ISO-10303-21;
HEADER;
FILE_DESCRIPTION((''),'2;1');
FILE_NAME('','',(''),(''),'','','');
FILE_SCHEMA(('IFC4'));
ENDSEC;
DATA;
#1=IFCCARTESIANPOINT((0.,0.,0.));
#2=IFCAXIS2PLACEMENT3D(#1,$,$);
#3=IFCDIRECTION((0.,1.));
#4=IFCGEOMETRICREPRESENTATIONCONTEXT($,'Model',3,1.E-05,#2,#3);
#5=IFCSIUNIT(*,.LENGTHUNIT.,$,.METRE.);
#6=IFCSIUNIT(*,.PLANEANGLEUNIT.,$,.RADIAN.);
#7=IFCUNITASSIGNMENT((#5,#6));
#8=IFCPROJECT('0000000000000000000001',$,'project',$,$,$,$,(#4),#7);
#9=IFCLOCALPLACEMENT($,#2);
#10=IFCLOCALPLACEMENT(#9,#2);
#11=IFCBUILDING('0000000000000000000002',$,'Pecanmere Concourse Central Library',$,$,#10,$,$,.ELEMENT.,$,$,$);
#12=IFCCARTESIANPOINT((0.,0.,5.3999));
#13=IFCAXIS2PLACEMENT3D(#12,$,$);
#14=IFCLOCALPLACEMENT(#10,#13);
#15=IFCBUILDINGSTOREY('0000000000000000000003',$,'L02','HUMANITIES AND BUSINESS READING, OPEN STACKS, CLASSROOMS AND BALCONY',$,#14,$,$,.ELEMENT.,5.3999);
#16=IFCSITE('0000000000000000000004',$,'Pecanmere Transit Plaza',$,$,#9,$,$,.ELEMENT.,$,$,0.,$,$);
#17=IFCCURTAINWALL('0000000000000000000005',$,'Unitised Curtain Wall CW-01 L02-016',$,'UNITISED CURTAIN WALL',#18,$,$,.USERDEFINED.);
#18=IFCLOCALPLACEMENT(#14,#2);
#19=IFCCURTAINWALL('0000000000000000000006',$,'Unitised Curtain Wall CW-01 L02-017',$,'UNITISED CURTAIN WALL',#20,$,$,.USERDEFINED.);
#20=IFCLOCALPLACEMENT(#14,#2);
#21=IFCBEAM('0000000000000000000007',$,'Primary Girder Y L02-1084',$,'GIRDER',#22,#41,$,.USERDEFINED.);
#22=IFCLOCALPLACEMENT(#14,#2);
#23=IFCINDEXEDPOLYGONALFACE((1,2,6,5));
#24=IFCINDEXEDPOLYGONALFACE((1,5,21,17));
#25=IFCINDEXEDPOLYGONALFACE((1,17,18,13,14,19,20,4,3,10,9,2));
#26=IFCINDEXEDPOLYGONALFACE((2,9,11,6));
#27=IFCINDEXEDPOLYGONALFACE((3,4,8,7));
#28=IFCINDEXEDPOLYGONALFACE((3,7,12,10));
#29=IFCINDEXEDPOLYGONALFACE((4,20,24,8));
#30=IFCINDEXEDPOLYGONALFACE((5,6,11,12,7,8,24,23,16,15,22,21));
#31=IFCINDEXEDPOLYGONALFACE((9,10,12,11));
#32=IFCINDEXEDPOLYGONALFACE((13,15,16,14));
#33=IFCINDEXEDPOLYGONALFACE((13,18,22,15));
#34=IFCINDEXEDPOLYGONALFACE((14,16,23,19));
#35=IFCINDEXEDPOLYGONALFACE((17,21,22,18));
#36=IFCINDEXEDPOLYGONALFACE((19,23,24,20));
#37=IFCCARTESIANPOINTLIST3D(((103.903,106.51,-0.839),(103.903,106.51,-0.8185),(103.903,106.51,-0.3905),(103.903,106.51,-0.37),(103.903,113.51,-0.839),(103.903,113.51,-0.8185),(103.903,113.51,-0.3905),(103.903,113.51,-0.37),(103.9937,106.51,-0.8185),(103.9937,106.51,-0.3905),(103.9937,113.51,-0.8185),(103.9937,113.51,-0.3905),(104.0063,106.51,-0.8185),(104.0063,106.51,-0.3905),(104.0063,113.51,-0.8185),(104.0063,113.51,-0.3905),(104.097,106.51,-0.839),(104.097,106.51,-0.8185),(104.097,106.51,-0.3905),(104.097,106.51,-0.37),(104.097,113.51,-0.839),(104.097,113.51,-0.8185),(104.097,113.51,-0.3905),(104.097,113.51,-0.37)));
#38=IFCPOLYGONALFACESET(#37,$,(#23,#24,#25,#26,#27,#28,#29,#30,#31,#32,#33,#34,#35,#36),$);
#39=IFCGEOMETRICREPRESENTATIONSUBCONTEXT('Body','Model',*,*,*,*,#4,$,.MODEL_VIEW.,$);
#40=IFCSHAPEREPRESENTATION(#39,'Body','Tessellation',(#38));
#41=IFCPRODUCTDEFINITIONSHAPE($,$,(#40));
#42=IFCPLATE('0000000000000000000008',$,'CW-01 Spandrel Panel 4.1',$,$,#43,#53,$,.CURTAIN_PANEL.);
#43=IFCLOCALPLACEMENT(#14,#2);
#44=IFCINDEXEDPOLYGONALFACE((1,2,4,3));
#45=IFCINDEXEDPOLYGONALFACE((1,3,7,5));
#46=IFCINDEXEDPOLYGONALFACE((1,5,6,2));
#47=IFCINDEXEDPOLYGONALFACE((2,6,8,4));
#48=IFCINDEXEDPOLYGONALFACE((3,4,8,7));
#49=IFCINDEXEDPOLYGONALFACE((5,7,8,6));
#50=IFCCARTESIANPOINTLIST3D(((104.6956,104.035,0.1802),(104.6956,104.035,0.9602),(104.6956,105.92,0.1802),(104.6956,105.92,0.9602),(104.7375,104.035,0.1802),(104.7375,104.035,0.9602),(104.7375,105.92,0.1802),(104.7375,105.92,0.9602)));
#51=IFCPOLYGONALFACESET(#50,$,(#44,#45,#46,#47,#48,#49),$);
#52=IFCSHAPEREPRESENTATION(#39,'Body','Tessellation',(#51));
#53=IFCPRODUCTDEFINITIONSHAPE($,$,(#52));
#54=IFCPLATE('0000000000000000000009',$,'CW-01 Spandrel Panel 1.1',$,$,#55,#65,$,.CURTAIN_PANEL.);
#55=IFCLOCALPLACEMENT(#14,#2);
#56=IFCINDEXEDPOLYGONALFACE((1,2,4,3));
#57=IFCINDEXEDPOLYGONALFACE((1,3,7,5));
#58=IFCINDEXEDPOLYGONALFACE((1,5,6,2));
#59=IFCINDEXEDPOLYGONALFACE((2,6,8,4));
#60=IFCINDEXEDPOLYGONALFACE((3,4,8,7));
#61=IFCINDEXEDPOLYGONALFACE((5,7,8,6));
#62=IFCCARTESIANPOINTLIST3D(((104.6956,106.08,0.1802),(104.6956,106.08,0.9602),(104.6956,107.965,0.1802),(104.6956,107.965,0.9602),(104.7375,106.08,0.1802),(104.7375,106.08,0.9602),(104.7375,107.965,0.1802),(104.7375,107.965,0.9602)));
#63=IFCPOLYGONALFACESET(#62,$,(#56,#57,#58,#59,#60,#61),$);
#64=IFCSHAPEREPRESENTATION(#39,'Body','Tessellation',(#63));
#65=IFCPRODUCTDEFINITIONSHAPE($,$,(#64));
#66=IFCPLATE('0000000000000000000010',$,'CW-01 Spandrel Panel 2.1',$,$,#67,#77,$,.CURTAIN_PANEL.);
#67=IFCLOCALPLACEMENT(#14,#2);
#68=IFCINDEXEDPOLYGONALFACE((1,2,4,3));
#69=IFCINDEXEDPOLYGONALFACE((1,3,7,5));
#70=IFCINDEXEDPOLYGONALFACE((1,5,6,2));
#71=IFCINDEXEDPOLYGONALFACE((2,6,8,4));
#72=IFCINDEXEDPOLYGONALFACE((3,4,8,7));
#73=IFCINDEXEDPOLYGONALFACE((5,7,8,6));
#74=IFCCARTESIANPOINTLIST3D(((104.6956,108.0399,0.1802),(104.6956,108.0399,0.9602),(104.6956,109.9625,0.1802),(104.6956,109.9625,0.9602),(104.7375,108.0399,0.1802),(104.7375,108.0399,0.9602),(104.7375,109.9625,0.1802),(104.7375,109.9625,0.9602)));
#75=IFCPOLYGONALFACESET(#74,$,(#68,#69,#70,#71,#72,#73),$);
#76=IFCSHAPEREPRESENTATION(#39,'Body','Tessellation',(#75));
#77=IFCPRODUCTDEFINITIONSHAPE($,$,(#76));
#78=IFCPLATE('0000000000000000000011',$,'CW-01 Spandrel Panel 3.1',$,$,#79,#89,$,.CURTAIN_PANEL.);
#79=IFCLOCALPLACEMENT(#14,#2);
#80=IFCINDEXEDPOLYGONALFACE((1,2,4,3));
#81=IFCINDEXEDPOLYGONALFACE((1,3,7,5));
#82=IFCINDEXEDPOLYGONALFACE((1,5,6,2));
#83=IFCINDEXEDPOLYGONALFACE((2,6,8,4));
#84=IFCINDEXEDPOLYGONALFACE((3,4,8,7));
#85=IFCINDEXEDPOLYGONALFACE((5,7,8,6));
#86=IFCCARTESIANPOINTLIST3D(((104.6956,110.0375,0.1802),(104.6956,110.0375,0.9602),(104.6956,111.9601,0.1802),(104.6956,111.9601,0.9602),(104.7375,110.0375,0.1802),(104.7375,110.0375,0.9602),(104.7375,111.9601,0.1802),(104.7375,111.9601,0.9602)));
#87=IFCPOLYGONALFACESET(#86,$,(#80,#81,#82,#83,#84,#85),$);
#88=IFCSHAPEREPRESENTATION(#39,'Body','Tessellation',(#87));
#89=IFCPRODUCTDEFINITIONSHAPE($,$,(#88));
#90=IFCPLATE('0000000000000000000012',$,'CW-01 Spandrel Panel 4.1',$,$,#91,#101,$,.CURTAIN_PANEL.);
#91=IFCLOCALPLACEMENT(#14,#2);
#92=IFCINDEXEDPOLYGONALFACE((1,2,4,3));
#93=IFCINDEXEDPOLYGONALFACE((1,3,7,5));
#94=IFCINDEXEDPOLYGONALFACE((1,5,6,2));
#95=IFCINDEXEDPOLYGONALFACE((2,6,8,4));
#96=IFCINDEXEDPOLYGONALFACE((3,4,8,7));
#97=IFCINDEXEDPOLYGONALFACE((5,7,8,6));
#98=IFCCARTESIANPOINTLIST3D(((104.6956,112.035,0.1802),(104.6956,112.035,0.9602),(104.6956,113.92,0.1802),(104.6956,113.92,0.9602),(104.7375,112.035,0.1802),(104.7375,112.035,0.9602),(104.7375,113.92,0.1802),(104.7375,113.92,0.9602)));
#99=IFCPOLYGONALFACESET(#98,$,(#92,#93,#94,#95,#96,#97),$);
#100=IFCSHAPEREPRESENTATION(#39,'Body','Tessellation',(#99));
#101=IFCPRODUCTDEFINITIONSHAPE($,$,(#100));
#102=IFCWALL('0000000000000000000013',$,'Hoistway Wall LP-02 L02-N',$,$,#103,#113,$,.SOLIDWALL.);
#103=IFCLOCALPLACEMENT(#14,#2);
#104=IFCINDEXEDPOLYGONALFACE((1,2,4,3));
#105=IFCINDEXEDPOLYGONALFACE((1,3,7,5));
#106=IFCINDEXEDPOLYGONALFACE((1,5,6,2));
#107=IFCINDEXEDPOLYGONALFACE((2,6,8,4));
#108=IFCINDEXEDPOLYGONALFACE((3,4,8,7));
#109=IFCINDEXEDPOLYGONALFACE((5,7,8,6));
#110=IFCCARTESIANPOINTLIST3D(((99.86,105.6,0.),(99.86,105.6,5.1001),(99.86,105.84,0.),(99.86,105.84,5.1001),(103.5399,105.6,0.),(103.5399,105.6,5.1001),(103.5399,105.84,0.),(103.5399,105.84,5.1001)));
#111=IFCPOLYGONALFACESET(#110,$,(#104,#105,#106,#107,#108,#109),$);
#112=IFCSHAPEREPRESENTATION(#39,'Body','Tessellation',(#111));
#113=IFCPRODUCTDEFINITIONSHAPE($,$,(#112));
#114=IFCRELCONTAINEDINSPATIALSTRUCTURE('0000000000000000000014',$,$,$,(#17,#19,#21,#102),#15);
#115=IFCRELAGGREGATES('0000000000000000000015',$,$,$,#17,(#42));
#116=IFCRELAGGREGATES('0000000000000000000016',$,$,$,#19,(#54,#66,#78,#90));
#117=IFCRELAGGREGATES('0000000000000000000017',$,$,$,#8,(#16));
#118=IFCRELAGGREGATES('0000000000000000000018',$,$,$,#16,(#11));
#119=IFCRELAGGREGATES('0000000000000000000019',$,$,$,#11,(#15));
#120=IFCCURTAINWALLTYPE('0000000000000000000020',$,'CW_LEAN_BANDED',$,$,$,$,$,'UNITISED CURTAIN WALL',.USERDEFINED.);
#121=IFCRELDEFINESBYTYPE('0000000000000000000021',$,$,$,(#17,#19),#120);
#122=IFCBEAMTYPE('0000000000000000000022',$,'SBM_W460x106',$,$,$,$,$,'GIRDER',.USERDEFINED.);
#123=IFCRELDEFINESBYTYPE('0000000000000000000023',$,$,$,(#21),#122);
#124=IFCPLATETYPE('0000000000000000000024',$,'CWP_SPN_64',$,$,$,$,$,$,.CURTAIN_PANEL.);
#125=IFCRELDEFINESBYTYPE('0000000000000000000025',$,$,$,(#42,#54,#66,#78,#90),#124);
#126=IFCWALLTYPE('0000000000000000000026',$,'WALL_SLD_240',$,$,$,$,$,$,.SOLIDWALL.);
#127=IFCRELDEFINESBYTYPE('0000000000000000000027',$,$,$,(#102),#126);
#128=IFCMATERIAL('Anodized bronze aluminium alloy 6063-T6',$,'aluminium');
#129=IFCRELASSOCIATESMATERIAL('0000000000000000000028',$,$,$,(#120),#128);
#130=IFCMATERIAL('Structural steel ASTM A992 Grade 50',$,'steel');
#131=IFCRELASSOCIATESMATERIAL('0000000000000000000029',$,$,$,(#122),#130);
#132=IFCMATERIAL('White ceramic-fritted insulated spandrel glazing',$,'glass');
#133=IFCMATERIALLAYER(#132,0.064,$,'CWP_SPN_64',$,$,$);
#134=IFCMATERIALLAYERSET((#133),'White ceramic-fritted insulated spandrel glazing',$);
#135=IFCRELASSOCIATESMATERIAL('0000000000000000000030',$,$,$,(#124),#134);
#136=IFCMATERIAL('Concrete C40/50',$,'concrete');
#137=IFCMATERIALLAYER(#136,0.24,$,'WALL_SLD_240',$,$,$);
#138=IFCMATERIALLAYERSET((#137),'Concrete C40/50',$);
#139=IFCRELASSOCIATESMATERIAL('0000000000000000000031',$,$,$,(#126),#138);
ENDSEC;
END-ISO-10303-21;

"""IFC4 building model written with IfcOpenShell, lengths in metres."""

from ifc_helpers import new_model, si_unit, direction, frame, frame_2d, origin, origin_2d, place, context, subcontext, project, spatial, rectangle, i_section, extrude, material, layer, layer_set, material_profile, profile_set, type_object, element, aggregate, save


model = new_model("IFC4")

# Units and contexts
model_context = context("Model", 3, precision=1e-05, world=origin(), true_north=direction((0.0, 1.0)))
body_context = subcontext(model_context, "Body", "Model", "MODEL_VIEW")
ifc_project = project(units=[si_unit("LENGTHUNIT", "METRE"), si_unit("PLANEANGLEUNIT", "RADIAN")], contexts=[model_context])

# Site, building, storey
site_placement = place(None, origin())
site = spatial("IfcSite", under=ifc_project, at=site_placement, Name="Pecanmere Transit Plaza", CompositionType="ELEMENT", RefElevation=0.0)
building_placement = place(site_placement, origin())
building = spatial("IfcBuilding", under=site, at=building_placement, Name="Pecanmere Concourse Central Library", CompositionType="ELEMENT")
storey_placement = place(building_placement, frame((0.0, 0.0, 5.3999)))
storey = spatial("IfcBuildingStorey", under=building, at=storey_placement, Name="L02", Description="HUMANITIES AND BUSINESS READING, OPEN STACKS, CLASSROOMS AND BALCONY", CompositionType="ELEMENT", Elevation=5.3999)

# Curtain walls
ifc_material_1 = material(Name="Anodized bronze aluminium alloy 6063-T6", Category="aluminium")
curtain_wall_type = type_object("IfcCurtainWallType", Name="CW_LEAN_BANDED", ElementType="UNITISED CURTAIN WALL", PredefinedType="USERDEFINED", material=ifc_material_1)
curtain_wall_1_placement = place(storey_placement, origin())
curtain_wall_1 = element("IfcCurtainWall", 1, at=curtain_wall_1_placement, inside=storey, type_object=curtain_wall_type, Name="Unitised Curtain Wall CW-01 L02-016", ObjectType="UNITISED CURTAIN WALL", PredefinedType="USERDEFINED")
curtain_wall_2_placement = place(storey_placement, origin())
curtain_wall_2 = element("IfcCurtainWall", 2, at=curtain_wall_2_placement, inside=storey, type_object=curtain_wall_type, Name="Unitised Curtain Wall CW-01 L02-017", ObjectType="UNITISED CURTAIN WALL", PredefinedType="USERDEFINED")

# Beam
ifc_material_2 = material(Name="Structural steel ASTM A992 Grade 50", Category="steel")
ifc_material_profile_1 = material_profile(ifc_material_2, i_section(OverallWidth=0.1941, OverallDepth=0.469, WebThickness=0.0127, FlangeThickness=0.0205, at=origin_2d()), Name="W460x106")
ifc_profile_set_1 = profile_set([ifc_material_profile_1], Name="Structural steel ASTM A992 Grade 50")
beam_type_1 = type_object("IfcBeamType", Name="SBM_W460x106", ElementType="GIRDER", PredefinedType="USERDEFINED", material=ifc_profile_set_1)
beam_1_placement = place(storey_placement, frame((104.0, 106.51, -0.6045), z_axis=(0.0, 1.0, 0.0), x_axis=(-1.0, 0.0, 0.0)))
element("IfcBeam", 3, at=beam_1_placement, inside=storey, type_object=beam_type_1, Name="Primary Girder Y L02-1084", ObjectType="GIRDER", PredefinedType="USERDEFINED", context=body_context, shape_type="SweptSolid", body=[
    extrude(i_section(OverallWidth=0.1941, OverallDepth=0.469, WebThickness=0.0127, FlangeThickness=0.0205, at=origin_2d()), origin(), (0.0, 0.0, 1.0), 7.0),
])

# Plates
ifc_material_3 = material(Name="White ceramic-fritted insulated spandrel glazing", Category="glass")
ifc_layer_1 = layer(ifc_material_3, 0.064, Name="CWP_SPN_64")
ifc_layer_set_1 = layer_set([ifc_layer_1], Name="White ceramic-fritted insulated spandrel glazing")
plate_type = type_object("IfcPlateType", Name="CWP_SPN_64", PredefinedType="CURTAIN_PANEL", material=ifc_layer_set_1)
plate_1_placement = place(storey_placement, frame((104.7166, 104.9775, 0.1802), z_axis=(0.0, 0.0, 1.0), x_axis=(0.0, 1.0, 0.0)))
plate_1 = element("IfcPlate", 4, at=plate_1_placement, type_object=plate_type, Name="CW-01 Spandrel Panel 4.1", PredefinedType="CURTAIN_PANEL", context=body_context, shape_type="SweptSolid", body=[
    extrude(rectangle(XDim=1.885, YDim=0.042, at=origin_2d()), origin(), (0.0, 0.0, 1.0), 0.78),
])
aggregate(curtain_wall_1, [plate_1])
plate_2_placement = place(storey_placement, frame((104.7166, 107.0225, 0.1802), z_axis=(0.0, 0.0, 1.0), x_axis=(0.0, 1.0, 0.0)))
plate_2 = element("IfcPlate", 5, at=plate_2_placement, type_object=plate_type, Name="CW-01 Spandrel Panel 1.1", PredefinedType="CURTAIN_PANEL", context=body_context, shape_type="SweptSolid", body=[
    extrude(rectangle(XDim=1.885, YDim=0.042, at=origin_2d()), origin(), (0.0, 0.0, 1.0), 0.78),
])
plate_3_placement = place(storey_placement, frame((104.7166, 109.0012, 0.1802), z_axis=(0.0, 0.0, 1.0), x_axis=(0.0, 1.0, 0.0)))
plate_3 = element("IfcPlate", 6, at=plate_3_placement, type_object=plate_type, Name="CW-01 Spandrel Panel 2.1", PredefinedType="CURTAIN_PANEL", context=body_context, shape_type="SweptSolid", body=[
    extrude(rectangle(XDim=1.9226, YDim=0.042, at=origin_2d()), origin(), (0.0, 0.0, 1.0), 0.78),
])
plate_4_placement = place(storey_placement, frame((104.7166, 110.9988, 0.1802), z_axis=(0.0, 0.0, 1.0), x_axis=(0.0, 1.0, 0.0)))
plate_4 = element("IfcPlate", 7, at=plate_4_placement, type_object=plate_type, Name="CW-01 Spandrel Panel 3.1", PredefinedType="CURTAIN_PANEL", context=body_context, shape_type="SweptSolid", body=[
    extrude(rectangle(XDim=1.9226, YDim=0.042, at=origin_2d()), origin(), (0.0, 0.0, 1.0), 0.78),
])
plate_5_placement = place(storey_placement, frame((104.7166, 112.9775, 0.1802), z_axis=(0.0, 0.0, 1.0), x_axis=(0.0, 1.0, 0.0)))
plate_5 = element("IfcPlate", 8, at=plate_5_placement, type_object=plate_type, Name="CW-01 Spandrel Panel 4.1", PredefinedType="CURTAIN_PANEL", context=body_context, shape_type="SweptSolid", body=[
    extrude(rectangle(XDim=1.885, YDim=0.042, at=origin_2d()), origin(), (0.0, 0.0, 1.0), 0.78),
])
aggregate(curtain_wall_2, [plate_2, plate_3, plate_4, plate_5])

# Wall
ifc_material_4 = material(Name="Concrete C40/50", Category="concrete")
ifc_layer_2 = layer(ifc_material_4, 0.24, Name="WALL_SLD_240")
ifc_layer_set_2 = layer_set([ifc_layer_2], Name="Concrete C40/50")
wall_type = type_object("IfcWallType", Name="WALL_SLD_240", PredefinedType="SOLIDWALL", material=ifc_layer_set_2)
wall_placement = place(storey_placement, frame((99.8601, 105.72, 0.0), z_axis=(0.0, 0.0, 1.0), x_axis=(1.0, 0.0, 0.0)))
element("IfcWall", 9, at=wall_placement, inside=storey, type_object=wall_type, Name="Hoistway Wall LP-02 L02-N", PredefinedType="SOLIDWALL", context=body_context, shape_type="SweptSolid", body=[
    extrude(rectangle(XDim=3.6799, YDim=0.24, at=frame_2d((1.8398, 0.0))), origin(), (0.0, 0.0, 1.0), 5.1001),
])

save(model, "model.ifc")
